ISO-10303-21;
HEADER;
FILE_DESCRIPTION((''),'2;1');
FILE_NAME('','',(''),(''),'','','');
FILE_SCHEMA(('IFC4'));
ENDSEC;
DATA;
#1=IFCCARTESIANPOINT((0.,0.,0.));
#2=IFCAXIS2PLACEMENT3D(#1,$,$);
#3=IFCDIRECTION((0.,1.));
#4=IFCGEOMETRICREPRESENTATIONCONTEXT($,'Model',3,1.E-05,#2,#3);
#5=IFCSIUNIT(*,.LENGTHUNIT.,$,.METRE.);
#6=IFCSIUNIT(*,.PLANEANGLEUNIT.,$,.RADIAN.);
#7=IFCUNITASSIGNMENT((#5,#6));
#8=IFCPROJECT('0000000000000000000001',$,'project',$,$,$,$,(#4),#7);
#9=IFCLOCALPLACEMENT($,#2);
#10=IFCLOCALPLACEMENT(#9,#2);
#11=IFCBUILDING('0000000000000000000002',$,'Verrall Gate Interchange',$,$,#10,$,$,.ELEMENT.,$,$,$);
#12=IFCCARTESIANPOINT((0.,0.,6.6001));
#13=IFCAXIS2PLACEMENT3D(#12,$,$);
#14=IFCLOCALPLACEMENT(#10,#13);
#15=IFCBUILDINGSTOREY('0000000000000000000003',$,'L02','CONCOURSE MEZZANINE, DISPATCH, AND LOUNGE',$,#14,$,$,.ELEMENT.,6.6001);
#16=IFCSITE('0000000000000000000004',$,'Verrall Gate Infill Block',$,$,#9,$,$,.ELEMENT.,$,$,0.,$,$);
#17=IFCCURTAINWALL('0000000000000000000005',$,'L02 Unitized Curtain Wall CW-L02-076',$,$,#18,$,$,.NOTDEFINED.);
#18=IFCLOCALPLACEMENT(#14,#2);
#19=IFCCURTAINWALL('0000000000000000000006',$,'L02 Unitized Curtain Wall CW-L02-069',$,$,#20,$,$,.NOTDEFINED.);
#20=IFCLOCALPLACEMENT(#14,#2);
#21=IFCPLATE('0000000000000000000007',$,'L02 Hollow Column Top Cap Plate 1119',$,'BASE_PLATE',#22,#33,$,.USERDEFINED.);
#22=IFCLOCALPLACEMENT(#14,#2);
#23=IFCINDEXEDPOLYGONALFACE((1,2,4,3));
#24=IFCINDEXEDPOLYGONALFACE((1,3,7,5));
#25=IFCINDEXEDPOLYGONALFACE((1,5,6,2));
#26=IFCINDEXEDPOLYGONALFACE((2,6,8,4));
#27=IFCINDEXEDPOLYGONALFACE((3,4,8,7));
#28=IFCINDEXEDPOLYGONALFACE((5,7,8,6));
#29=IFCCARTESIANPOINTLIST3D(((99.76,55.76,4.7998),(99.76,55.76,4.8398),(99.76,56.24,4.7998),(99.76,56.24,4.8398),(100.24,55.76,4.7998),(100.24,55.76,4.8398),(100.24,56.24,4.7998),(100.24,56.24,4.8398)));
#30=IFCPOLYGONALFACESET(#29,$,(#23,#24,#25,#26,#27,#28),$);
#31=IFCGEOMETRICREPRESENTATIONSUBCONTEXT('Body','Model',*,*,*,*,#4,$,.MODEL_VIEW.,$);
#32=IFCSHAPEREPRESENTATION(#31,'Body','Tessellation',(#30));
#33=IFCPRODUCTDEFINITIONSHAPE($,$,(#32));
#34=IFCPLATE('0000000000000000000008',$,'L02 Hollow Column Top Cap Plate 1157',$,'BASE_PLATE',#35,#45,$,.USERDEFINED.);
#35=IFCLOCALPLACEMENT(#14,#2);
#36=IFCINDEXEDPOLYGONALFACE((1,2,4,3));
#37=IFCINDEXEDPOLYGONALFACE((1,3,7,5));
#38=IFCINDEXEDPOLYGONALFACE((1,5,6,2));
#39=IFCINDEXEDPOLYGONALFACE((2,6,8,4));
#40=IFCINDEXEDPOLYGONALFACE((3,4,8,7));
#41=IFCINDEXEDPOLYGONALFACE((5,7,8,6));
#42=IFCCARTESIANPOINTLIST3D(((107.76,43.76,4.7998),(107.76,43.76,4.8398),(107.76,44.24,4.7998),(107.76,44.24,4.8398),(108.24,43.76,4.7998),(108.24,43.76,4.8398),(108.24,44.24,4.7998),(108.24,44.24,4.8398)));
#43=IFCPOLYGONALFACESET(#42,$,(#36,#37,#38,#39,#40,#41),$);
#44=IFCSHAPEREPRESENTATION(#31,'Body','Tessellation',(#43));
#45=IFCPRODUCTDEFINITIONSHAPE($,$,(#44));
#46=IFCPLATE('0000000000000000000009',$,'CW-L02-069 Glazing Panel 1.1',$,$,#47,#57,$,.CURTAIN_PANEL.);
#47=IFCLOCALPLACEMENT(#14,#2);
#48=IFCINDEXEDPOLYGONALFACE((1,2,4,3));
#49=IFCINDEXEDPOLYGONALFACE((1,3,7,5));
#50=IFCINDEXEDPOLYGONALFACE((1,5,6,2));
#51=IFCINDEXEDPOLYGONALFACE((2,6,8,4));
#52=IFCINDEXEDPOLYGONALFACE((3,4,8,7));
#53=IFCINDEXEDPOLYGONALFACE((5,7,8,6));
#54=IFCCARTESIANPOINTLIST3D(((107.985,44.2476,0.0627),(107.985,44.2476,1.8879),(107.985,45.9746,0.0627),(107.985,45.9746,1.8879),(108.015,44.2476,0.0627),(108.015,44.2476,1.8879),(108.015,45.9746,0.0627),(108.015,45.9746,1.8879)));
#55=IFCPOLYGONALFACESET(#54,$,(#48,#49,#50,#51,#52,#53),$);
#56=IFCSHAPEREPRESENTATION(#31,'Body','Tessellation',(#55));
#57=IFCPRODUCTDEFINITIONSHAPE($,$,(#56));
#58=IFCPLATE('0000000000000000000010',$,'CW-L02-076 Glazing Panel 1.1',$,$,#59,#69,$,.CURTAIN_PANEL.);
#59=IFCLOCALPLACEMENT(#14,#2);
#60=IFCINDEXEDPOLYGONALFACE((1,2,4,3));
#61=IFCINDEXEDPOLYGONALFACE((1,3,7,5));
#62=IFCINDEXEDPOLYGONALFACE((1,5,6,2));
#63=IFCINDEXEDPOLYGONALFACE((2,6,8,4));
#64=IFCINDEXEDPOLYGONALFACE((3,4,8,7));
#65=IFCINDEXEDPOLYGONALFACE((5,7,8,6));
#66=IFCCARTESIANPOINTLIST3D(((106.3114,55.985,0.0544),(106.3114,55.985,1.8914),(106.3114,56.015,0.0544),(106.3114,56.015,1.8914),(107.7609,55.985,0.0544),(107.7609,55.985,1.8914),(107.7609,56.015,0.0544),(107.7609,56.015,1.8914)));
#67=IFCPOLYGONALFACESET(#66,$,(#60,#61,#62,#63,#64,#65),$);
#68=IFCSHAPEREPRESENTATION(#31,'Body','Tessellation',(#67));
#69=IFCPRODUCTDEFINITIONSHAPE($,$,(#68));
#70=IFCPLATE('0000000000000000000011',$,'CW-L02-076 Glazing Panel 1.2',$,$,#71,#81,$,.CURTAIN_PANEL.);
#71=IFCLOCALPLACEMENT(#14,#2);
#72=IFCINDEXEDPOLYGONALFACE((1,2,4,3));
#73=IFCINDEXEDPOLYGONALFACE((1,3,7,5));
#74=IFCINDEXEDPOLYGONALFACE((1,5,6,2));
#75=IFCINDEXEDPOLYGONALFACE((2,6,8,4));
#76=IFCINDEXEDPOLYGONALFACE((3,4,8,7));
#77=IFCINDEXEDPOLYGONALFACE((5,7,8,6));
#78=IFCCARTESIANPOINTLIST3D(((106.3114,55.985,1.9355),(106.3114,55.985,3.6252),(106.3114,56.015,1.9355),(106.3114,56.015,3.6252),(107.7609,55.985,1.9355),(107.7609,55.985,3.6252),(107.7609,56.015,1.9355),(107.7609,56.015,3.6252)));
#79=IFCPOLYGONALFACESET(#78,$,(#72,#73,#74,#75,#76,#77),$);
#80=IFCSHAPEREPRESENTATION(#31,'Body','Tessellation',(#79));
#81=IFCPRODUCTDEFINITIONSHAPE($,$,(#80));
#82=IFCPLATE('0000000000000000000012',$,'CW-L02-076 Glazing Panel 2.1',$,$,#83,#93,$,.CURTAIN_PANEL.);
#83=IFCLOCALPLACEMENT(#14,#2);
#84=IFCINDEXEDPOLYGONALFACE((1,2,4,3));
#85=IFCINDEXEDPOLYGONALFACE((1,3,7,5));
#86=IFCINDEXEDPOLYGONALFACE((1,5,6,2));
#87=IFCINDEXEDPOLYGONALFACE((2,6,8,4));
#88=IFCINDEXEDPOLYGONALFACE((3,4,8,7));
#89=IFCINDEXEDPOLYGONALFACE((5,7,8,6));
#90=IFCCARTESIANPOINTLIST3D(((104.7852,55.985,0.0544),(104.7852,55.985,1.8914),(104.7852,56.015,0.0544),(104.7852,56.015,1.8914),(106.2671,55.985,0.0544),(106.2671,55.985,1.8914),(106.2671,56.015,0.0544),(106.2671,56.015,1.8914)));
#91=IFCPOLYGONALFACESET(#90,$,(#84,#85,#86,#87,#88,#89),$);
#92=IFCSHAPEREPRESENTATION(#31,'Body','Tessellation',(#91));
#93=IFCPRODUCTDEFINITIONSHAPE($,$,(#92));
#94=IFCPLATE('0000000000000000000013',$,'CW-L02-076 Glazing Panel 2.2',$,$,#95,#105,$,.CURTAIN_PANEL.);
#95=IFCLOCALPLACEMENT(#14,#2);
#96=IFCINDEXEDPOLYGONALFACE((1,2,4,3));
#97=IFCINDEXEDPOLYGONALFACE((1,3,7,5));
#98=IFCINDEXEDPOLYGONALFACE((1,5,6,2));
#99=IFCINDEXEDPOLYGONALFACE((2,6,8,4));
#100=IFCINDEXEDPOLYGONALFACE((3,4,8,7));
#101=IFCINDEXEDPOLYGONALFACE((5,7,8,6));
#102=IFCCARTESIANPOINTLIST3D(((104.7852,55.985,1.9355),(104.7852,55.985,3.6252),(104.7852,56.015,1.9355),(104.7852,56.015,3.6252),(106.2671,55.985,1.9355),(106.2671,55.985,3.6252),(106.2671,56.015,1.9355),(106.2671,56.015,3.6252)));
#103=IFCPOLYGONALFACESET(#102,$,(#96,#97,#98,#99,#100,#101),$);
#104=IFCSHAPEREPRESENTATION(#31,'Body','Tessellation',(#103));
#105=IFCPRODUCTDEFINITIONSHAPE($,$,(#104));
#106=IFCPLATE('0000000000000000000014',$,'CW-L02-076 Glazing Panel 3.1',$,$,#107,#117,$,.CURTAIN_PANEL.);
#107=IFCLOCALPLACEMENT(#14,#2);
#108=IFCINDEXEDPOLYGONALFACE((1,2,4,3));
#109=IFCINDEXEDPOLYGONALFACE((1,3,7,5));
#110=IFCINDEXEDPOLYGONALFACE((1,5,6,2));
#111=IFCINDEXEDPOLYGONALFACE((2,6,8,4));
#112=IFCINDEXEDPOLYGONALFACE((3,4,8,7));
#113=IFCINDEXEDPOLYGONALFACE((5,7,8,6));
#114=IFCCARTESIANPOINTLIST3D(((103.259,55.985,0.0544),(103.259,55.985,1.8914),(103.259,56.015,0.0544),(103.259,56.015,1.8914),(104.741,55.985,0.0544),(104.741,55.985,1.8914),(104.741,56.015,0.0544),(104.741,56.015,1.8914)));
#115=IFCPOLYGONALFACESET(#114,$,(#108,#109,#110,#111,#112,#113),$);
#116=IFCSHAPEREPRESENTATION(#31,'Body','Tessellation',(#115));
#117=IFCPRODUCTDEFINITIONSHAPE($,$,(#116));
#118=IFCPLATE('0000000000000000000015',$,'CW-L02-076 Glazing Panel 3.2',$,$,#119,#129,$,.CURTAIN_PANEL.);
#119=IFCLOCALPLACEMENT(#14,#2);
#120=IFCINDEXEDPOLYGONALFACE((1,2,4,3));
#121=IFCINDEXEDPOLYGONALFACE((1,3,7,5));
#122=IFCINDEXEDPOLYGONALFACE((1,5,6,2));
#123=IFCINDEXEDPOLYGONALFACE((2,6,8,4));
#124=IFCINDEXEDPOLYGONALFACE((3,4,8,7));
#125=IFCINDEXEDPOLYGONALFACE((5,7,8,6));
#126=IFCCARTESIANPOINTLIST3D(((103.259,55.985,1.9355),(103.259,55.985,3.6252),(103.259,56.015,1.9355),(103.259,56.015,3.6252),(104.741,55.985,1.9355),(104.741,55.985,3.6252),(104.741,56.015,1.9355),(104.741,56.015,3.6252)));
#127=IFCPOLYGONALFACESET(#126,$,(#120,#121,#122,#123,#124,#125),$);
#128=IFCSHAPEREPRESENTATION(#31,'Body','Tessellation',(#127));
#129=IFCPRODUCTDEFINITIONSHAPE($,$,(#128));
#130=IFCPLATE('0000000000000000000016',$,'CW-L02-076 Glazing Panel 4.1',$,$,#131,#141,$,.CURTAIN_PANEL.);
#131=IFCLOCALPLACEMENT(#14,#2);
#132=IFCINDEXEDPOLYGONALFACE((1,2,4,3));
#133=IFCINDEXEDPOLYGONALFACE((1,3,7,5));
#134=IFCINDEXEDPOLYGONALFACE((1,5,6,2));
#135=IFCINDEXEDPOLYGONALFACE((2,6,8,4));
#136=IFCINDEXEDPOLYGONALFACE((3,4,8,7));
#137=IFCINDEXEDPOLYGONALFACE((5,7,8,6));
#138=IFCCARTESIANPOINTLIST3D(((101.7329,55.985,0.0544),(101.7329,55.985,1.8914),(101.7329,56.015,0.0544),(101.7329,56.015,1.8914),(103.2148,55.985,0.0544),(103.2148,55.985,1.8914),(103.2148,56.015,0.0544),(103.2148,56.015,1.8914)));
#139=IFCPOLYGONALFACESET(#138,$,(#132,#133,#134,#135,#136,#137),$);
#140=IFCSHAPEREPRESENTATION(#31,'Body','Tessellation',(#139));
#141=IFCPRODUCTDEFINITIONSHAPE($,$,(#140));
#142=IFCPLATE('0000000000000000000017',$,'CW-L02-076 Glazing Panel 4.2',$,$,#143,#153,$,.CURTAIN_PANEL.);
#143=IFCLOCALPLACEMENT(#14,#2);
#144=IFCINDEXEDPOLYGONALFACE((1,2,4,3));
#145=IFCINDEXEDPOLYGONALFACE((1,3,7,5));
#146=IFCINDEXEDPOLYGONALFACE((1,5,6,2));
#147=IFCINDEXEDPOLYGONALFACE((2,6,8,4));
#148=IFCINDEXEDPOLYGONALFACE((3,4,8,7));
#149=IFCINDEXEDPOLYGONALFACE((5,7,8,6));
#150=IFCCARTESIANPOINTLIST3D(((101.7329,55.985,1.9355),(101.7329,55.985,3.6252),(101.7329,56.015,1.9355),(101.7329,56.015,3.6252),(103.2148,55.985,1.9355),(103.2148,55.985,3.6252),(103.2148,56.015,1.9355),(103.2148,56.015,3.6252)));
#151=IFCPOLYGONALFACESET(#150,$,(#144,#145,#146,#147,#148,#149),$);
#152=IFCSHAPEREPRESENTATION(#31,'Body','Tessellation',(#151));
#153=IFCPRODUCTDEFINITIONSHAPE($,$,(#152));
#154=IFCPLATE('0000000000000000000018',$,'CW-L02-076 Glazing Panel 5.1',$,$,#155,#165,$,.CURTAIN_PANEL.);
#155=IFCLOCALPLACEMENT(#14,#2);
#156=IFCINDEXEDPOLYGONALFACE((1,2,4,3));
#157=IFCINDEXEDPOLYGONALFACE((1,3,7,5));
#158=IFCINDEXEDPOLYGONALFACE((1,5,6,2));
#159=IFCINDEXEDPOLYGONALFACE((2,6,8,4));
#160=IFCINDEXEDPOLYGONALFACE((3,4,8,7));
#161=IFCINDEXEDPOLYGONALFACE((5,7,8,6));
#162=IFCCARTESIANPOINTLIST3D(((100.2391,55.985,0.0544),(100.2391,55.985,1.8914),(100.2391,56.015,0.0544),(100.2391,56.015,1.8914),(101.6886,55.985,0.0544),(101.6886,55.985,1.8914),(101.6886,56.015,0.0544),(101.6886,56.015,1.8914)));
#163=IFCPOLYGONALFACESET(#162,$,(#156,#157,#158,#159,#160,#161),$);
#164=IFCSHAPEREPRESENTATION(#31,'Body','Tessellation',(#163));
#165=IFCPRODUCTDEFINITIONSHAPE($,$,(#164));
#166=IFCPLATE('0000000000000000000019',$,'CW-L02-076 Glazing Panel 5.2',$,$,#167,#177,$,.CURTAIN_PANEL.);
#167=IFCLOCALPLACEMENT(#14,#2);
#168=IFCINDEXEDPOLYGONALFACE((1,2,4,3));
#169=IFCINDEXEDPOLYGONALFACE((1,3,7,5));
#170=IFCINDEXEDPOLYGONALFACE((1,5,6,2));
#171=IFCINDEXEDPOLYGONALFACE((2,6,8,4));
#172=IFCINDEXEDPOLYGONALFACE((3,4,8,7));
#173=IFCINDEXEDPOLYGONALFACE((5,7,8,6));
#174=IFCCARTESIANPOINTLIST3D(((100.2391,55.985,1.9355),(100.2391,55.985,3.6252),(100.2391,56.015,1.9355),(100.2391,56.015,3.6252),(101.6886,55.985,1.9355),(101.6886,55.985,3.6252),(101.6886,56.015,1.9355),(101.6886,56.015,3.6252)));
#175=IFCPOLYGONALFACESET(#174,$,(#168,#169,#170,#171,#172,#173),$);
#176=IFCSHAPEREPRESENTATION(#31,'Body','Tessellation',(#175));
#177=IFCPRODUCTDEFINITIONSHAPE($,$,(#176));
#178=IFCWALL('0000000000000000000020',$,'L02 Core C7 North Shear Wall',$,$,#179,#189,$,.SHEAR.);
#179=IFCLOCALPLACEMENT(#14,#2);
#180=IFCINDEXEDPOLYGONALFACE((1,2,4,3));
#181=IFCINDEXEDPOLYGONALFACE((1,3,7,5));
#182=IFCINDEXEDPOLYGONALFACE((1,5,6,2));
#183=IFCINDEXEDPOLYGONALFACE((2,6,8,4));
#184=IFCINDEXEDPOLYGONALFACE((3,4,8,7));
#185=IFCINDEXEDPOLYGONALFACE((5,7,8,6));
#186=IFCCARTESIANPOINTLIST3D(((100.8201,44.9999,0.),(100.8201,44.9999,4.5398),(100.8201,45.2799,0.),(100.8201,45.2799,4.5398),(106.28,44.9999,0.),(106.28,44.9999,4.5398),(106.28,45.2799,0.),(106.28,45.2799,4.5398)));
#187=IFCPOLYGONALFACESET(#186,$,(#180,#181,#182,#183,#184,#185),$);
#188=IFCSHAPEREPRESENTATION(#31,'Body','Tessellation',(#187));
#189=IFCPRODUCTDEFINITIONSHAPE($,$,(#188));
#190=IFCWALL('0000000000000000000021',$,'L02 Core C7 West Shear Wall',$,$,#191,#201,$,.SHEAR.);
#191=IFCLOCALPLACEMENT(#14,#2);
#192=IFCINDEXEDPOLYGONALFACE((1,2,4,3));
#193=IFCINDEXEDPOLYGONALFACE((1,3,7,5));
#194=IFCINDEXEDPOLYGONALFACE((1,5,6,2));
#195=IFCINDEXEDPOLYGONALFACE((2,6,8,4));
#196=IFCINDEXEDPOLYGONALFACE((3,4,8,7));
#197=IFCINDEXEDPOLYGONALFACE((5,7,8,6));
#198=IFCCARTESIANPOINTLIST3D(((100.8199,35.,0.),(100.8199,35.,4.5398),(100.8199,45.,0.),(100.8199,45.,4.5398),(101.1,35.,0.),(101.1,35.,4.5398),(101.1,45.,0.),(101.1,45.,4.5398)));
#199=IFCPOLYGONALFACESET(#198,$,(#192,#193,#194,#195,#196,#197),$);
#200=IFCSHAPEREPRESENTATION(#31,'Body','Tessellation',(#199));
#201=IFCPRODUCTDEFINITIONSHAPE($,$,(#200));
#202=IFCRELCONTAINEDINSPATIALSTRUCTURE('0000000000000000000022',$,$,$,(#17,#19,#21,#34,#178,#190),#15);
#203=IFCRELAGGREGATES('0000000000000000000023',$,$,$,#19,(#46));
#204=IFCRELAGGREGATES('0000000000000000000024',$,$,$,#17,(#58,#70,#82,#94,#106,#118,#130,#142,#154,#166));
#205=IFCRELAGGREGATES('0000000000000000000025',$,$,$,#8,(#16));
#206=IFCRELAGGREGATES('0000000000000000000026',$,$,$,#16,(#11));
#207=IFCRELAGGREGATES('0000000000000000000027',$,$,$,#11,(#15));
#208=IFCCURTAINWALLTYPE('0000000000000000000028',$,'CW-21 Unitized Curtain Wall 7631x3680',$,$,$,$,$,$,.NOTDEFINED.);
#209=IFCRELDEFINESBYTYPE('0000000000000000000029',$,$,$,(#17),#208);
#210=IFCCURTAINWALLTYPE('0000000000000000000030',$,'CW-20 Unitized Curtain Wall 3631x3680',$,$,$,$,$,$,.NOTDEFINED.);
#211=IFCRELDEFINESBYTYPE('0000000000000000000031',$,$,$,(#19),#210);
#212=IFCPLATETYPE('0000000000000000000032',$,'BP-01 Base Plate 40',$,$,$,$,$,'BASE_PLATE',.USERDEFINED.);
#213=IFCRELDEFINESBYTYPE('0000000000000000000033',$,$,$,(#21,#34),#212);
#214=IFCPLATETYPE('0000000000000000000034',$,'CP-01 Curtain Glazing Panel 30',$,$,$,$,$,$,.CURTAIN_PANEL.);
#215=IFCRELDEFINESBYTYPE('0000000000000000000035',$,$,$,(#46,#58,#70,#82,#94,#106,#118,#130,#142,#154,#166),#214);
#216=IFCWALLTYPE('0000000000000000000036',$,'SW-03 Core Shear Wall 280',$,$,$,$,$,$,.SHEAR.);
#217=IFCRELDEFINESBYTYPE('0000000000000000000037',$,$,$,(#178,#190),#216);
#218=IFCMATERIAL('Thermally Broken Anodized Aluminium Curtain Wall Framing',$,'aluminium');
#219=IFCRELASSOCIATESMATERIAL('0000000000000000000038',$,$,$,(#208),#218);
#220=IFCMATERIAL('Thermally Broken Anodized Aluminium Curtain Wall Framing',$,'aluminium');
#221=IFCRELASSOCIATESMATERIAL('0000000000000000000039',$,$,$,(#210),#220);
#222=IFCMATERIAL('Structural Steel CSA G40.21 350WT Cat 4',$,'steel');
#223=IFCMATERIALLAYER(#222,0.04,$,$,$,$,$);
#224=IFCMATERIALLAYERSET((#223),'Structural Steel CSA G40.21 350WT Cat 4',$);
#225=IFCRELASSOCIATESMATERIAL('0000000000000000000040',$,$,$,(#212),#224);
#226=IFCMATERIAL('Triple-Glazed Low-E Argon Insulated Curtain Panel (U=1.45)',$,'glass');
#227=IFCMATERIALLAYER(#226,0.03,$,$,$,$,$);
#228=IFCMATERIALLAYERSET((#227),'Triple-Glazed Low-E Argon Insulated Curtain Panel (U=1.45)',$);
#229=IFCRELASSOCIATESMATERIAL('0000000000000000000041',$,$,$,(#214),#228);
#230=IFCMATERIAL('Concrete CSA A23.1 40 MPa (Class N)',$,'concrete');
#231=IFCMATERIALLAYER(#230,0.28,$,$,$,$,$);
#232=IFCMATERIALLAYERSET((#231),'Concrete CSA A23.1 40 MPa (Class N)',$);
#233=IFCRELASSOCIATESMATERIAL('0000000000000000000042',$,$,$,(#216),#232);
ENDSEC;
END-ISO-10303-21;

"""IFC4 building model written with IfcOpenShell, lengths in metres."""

from ifc_helpers import new_model, si_unit, direction, frame, frame_2d, origin, origin_2d, place, context, subcontext, project, spatial, rectangle, extrude, material, layer, layer_set, type_object, element, aggregate, save


model = new_model("IFC4")

# Units and contexts
model_context = context("Model", 3, precision=1e-05, world=origin(), true_north=direction((0.0, 1.0)))
body_context = subcontext(model_context, "Body", "Model", "MODEL_VIEW")
ifc_project = project(units=[si_unit("LENGTHUNIT", "METRE"), si_unit("PLANEANGLEUNIT", "RADIAN")], contexts=[model_context])

# Site, building, storey
site_placement = place(None, origin())
site = spatial("IfcSite", under=ifc_project, at=site_placement, Name="Verrall Gate Infill Block", CompositionType="ELEMENT", RefElevation=0.0)
building_placement = place(site_placement, origin())
building = spatial("IfcBuilding", under=site, at=building_placement, Name="Verrall Gate Interchange", CompositionType="ELEMENT")
storey_placement = place(building_placement, frame((0.0, 0.0, 6.6001)))
storey = spatial("IfcBuildingStorey", under=building, at=storey_placement, Name="L02", Description="CONCOURSE MEZZANINE, DISPATCH, AND LOUNGE", CompositionType="ELEMENT", Elevation=6.6001)

# Curtain wall
ifc_material_1 = material(Name="Thermally Broken Anodized Aluminium Curtain Wall Framing", Category="aluminium")
curtain_wall_type_1 = type_object("IfcCurtainWallType", Name="CW-21 Unitized Curtain Wall 7631x3680", PredefinedType="NOTDEFINED", material=ifc_material_1)
curtain_wall_1_placement = place(storey_placement, origin())
curtain_wall_1 = element("IfcCurtainWall", 1, at=curtain_wall_1_placement, inside=storey, type_object=curtain_wall_type_1, Name="L02 Unitized Curtain Wall CW-L02-076", PredefinedType="NOTDEFINED")

# Curtain wall
ifc_material_2 = material(Name="Thermally Broken Anodized Aluminium Curtain Wall Framing", Category="aluminium")
curtain_wall_type_2 = type_object("IfcCurtainWallType", Name="CW-20 Unitized Curtain Wall 3631x3680", PredefinedType="NOTDEFINED", material=ifc_material_2)
curtain_wall_2_placement = place(storey_placement, origin())
curtain_wall_2 = element("IfcCurtainWall", 2, at=curtain_wall_2_placement, inside=storey, type_object=curtain_wall_type_2, Name="L02 Unitized Curtain Wall CW-L02-069", PredefinedType="NOTDEFINED")

# Plates
ifc_material_3 = material(Name="Structural Steel CSA G40.21 350WT Cat 4", Category="steel")
ifc_layer_1 = layer(ifc_material_3, 0.04)
ifc_layer_set_1 = layer_set([ifc_layer_1], Name="Structural Steel CSA G40.21 350WT Cat 4")
plate_type_1 = type_object("IfcPlateType", Name="BP-01 Base Plate 40", ElementType="BASE_PLATE", PredefinedType="USERDEFINED", material=ifc_layer_set_1)
for number, where, z_axis, x_axis, name in (
    (3, (100.0, 56.0, 4.7998), (0.0, 0.0, 1.0), (1.0, 0.0, 0.0), "L02 Hollow Column Top Cap Plate 1119"),
    (4, (108.0, 44.0, 4.7998), (0.0, 0.0, 1.0), (1.0, 0.0, 0.0), "L02 Hollow Column Top Cap Plate 1157"),
):
    element("IfcPlate", number, at=place(storey_placement, frame(where, z_axis=z_axis, x_axis=x_axis)), inside=storey, type_object=plate_type_1, Name=name, ObjectType="BASE_PLATE", PredefinedType="USERDEFINED", context=body_context, shape_type="SweptSolid", body=[
        extrude(rectangle(XDim=0.48, YDim=0.48, at=origin_2d()), origin(), (0.0, 0.0, 1.0), 0.04),
    ])

# Plates
ifc_material_4 = material(Name="Triple-Glazed Low-E Argon Insulated Curtain Panel (U=1.45)", Category="glass")
ifc_layer_2 = layer(ifc_material_4, 0.03)
ifc_layer_set_2 = layer_set([ifc_layer_2], Name="Triple-Glazed Low-E Argon Insulated Curtain Panel (U=1.45)")
plate_type_2 = type_object("IfcPlateType", Name="CP-01 Curtain Glazing Panel 30", PredefinedType="CURTAIN_PANEL", material=ifc_layer_set_2)
plate_1_placement = place(storey_placement, frame((108.0, 45.1111, 0.0627), z_axis=(0.0, 0.0, 1.0), x_axis=(0.0, 1.0, 0.0)))
plate_1 = element("IfcPlate", 5, at=plate_1_placement, type_object=plate_type_2, Name="CW-L02-069 Glazing Panel 1.1", PredefinedType="CURTAIN_PANEL", context=body_context, shape_type="SweptSolid", body=[
    extrude(rectangle(XDim=1.7271, YDim=0.03, at=origin_2d()), origin(), (0.0, 0.0, 1.0), 1.8252),
])
aggregate(curtain_wall_2, [plate_1])
plate_2_placement = place(storey_placement, frame((107.0361, 56.0, 0.0544), z_axis=(0.0, 0.0, 1.0), x_axis=(-1.0, 0.0, 0.0)))
plate_2 = element("IfcPlate", 6, at=plate_2_placement, type_object=plate_type_2, Name="CW-L02-076 Glazing Panel 1.1", PredefinedType="CURTAIN_PANEL", context=body_context, shape_type="SweptSolid", body=[
    extrude(rectangle(XDim=1.4495, YDim=0.03, at=origin_2d()), origin(), (0.0, 0.0, 1.0), 1.8369),
])
plate_3_placement = place(storey_placement, frame((107.0361, 56.0, 1.9355), z_axis=(0.0, 0.0, 1.0), x_axis=(-1.0, 0.0, 0.0)))
plate_3 = element("IfcPlate", 7, at=plate_3_placement, type_object=plate_type_2, Name="CW-L02-076 Glazing Panel 1.2", PredefinedType="CURTAIN_PANEL", context=body_context, shape_type="SweptSolid", body=[
    extrude(rectangle(XDim=1.4495, YDim=0.03, at=origin_2d()), origin(), (0.0, 0.0, 1.0), 1.6897),
])
plate_4_placement = place(storey_placement, frame((105.5261, 56.0, 0.0544), z_axis=(0.0, 0.0, 1.0), x_axis=(-1.0, 0.0, 0.0)))
plate_4 = element("IfcPlate", 8, at=plate_4_placement, type_object=plate_type_2, Name="CW-L02-076 Glazing Panel 2.1", PredefinedType="CURTAIN_PANEL", context=body_context, shape_type="SweptSolid", body=[
    extrude(rectangle(XDim=1.4819, YDim=0.03, at=origin_2d()), origin(), (0.0, 0.0, 1.0), 1.8369),
])
plate_5_placement = place(storey_placement, frame((105.5261, 56.0, 1.9355), z_axis=(0.0, 0.0, 1.0), x_axis=(-1.0, 0.0, 0.0)))
plate_5 = element("IfcPlate", 9, at=plate_5_placement, type_object=plate_type_2, Name="CW-L02-076 Glazing Panel 2.2", PredefinedType="CURTAIN_PANEL", context=body_context, shape_type="SweptSolid", body=[
    extrude(rectangle(XDim=1.4819, YDim=0.03, at=origin_2d()), origin(), (0.0, 0.0, 1.0), 1.6897),
])
plate_6_placement = place(storey_placement, frame((104.0, 56.0, 0.0544), z_axis=(0.0, 0.0, 1.0), x_axis=(-1.0, 0.0, 0.0)))
plate_6 = element("IfcPlate", 10, at=plate_6_placement, type_object=plate_type_2, Name="CW-L02-076 Glazing Panel 3.1", PredefinedType="CURTAIN_PANEL", context=body_context, shape_type="SweptSolid", body=[
    extrude(rectangle(XDim=1.4819, YDim=0.03, at=origin_2d()), origin(), (0.0, 0.0, 1.0), 1.8369),
])
plate_7_placement = place(storey_placement, frame((104.0, 56.0, 1.9355), z_axis=(0.0, 0.0, 1.0), x_axis=(-1.0, 0.0, 0.0)))
plate_7 = element("IfcPlate", 11, at=plate_7_placement, type_object=plate_type_2, Name="CW-L02-076 Glazing Panel 3.2", PredefinedType="CURTAIN_PANEL", context=body_context, shape_type="SweptSolid", body=[
    extrude(rectangle(XDim=1.4819, YDim=0.03, at=origin_2d()), origin(), (0.0, 0.0, 1.0), 1.6897),
])
plate_8_placement = place(storey_placement, frame((102.4739, 56.0, 0.0544), z_axis=(0.0, 0.0, 1.0), x_axis=(-1.0, 0.0, 0.0)))
plate_8 = element("IfcPlate", 12, at=plate_8_placement, type_object=plate_type_2, Name="CW-L02-076 Glazing Panel 4.1", PredefinedType="CURTAIN_PANEL", context=body_context, shape_type="SweptSolid", body=[
    extrude(rectangle(XDim=1.4819, YDim=0.03, at=origin_2d()), origin(), (0.0, 0.0, 1.0), 1.8369),
])
plate_9_placement = place(storey_placement, frame((102.4739, 56.0, 1.9355), z_axis=(0.0, 0.0, 1.0), x_axis=(-1.0, 0.0, 0.0)))
plate_9 = element("IfcPlate", 13, at=plate_9_placement, type_object=plate_type_2, Name="CW-L02-076 Glazing Panel 4.2", PredefinedType="CURTAIN_PANEL", context=body_context, shape_type="SweptSolid", body=[
    extrude(rectangle(XDim=1.4819, YDim=0.03, at=origin_2d()), origin(), (0.0, 0.0, 1.0), 1.6897),
])
plate_10_placement = place(storey_placement, frame((100.9639, 56.0, 0.0544), z_axis=(0.0, 0.0, 1.0), x_axis=(-1.0, 0.0, 0.0)))
plate_10 = element("IfcPlate", 14, at=plate_10_placement, type_object=plate_type_2, Name="CW-L02-076 Glazing Panel 5.1", PredefinedType="CURTAIN_PANEL", context=body_context, shape_type="SweptSolid", body=[
    extrude(rectangle(XDim=1.4495, YDim=0.03, at=origin_2d()), origin(), (0.0, 0.0, 1.0), 1.8369),
])
plate_11_placement = place(storey_placement, frame((100.9639, 56.0, 1.9355), z_axis=(0.0, 0.0, 1.0), x_axis=(-1.0, 0.0, 0.0)))
plate_11 = element("IfcPlate", 15, at=plate_11_placement, type_object=plate_type_2, Name="CW-L02-076 Glazing Panel 5.2", PredefinedType="CURTAIN_PANEL", context=body_context, shape_type="SweptSolid", body=[
    extrude(rectangle(XDim=1.4495, YDim=0.03, at=origin_2d()), origin(), (0.0, 0.0, 1.0), 1.6897),
])
aggregate(curtain_wall_1, [plate_2, plate_3, plate_4, plate_5, plate_6, plate_7, plate_8, plate_9, plate_10, plate_11])

# Walls
ifc_material_5 = material(Name="Concrete CSA A23.1 40 MPa (Class N)", Category="concrete")
ifc_layer_3 = layer(ifc_material_5, 0.28)
ifc_layer_set_3 = layer_set([ifc_layer_3], Name="Concrete CSA A23.1 40 MPa (Class N)")
wall_type = type_object("IfcWallType", Name="SW-03 Core Shear Wall 280", PredefinedType="SHEAR", material=ifc_layer_set_3)
wall_1_placement = place(storey_placement, frame((106.28, 45.1399, 0.0), z_axis=(0.0, 0.0, 1.0), x_axis=(-1.0, 0.0, 0.0)))
element("IfcWall", 16, at=wall_1_placement, inside=storey, type_object=wall_type, Name="L02 Core C7 North Shear Wall", PredefinedType="SHEAR", context=body_context, shape_type="SweptSolid", body=[
    extrude(rectangle(XDim=5.46, YDim=0.28, at=frame_2d((2.73, 0.0))), origin(), (0.0, 0.0, 1.0), 4.5398),
])
wall_2_placement = place(storey_placement, frame((100.96, 45.0, 0.0), z_axis=(0.0, 0.0, 1.0), x_axis=(0.0, -1.0, 0.0)))
element("IfcWall", 17, at=wall_2_placement, inside=storey, type_object=wall_type, Name="L02 Core C7 West Shear Wall", PredefinedType="SHEAR", context=body_context, shape_type="SweptSolid", body=[
    extrude(rectangle(XDim=10.0, YDim=0.28, at=frame_2d((5.0, 0.0))), origin(), (0.0, 0.0, 1.0), 4.5398),
])

save(model, "model.ifc")
